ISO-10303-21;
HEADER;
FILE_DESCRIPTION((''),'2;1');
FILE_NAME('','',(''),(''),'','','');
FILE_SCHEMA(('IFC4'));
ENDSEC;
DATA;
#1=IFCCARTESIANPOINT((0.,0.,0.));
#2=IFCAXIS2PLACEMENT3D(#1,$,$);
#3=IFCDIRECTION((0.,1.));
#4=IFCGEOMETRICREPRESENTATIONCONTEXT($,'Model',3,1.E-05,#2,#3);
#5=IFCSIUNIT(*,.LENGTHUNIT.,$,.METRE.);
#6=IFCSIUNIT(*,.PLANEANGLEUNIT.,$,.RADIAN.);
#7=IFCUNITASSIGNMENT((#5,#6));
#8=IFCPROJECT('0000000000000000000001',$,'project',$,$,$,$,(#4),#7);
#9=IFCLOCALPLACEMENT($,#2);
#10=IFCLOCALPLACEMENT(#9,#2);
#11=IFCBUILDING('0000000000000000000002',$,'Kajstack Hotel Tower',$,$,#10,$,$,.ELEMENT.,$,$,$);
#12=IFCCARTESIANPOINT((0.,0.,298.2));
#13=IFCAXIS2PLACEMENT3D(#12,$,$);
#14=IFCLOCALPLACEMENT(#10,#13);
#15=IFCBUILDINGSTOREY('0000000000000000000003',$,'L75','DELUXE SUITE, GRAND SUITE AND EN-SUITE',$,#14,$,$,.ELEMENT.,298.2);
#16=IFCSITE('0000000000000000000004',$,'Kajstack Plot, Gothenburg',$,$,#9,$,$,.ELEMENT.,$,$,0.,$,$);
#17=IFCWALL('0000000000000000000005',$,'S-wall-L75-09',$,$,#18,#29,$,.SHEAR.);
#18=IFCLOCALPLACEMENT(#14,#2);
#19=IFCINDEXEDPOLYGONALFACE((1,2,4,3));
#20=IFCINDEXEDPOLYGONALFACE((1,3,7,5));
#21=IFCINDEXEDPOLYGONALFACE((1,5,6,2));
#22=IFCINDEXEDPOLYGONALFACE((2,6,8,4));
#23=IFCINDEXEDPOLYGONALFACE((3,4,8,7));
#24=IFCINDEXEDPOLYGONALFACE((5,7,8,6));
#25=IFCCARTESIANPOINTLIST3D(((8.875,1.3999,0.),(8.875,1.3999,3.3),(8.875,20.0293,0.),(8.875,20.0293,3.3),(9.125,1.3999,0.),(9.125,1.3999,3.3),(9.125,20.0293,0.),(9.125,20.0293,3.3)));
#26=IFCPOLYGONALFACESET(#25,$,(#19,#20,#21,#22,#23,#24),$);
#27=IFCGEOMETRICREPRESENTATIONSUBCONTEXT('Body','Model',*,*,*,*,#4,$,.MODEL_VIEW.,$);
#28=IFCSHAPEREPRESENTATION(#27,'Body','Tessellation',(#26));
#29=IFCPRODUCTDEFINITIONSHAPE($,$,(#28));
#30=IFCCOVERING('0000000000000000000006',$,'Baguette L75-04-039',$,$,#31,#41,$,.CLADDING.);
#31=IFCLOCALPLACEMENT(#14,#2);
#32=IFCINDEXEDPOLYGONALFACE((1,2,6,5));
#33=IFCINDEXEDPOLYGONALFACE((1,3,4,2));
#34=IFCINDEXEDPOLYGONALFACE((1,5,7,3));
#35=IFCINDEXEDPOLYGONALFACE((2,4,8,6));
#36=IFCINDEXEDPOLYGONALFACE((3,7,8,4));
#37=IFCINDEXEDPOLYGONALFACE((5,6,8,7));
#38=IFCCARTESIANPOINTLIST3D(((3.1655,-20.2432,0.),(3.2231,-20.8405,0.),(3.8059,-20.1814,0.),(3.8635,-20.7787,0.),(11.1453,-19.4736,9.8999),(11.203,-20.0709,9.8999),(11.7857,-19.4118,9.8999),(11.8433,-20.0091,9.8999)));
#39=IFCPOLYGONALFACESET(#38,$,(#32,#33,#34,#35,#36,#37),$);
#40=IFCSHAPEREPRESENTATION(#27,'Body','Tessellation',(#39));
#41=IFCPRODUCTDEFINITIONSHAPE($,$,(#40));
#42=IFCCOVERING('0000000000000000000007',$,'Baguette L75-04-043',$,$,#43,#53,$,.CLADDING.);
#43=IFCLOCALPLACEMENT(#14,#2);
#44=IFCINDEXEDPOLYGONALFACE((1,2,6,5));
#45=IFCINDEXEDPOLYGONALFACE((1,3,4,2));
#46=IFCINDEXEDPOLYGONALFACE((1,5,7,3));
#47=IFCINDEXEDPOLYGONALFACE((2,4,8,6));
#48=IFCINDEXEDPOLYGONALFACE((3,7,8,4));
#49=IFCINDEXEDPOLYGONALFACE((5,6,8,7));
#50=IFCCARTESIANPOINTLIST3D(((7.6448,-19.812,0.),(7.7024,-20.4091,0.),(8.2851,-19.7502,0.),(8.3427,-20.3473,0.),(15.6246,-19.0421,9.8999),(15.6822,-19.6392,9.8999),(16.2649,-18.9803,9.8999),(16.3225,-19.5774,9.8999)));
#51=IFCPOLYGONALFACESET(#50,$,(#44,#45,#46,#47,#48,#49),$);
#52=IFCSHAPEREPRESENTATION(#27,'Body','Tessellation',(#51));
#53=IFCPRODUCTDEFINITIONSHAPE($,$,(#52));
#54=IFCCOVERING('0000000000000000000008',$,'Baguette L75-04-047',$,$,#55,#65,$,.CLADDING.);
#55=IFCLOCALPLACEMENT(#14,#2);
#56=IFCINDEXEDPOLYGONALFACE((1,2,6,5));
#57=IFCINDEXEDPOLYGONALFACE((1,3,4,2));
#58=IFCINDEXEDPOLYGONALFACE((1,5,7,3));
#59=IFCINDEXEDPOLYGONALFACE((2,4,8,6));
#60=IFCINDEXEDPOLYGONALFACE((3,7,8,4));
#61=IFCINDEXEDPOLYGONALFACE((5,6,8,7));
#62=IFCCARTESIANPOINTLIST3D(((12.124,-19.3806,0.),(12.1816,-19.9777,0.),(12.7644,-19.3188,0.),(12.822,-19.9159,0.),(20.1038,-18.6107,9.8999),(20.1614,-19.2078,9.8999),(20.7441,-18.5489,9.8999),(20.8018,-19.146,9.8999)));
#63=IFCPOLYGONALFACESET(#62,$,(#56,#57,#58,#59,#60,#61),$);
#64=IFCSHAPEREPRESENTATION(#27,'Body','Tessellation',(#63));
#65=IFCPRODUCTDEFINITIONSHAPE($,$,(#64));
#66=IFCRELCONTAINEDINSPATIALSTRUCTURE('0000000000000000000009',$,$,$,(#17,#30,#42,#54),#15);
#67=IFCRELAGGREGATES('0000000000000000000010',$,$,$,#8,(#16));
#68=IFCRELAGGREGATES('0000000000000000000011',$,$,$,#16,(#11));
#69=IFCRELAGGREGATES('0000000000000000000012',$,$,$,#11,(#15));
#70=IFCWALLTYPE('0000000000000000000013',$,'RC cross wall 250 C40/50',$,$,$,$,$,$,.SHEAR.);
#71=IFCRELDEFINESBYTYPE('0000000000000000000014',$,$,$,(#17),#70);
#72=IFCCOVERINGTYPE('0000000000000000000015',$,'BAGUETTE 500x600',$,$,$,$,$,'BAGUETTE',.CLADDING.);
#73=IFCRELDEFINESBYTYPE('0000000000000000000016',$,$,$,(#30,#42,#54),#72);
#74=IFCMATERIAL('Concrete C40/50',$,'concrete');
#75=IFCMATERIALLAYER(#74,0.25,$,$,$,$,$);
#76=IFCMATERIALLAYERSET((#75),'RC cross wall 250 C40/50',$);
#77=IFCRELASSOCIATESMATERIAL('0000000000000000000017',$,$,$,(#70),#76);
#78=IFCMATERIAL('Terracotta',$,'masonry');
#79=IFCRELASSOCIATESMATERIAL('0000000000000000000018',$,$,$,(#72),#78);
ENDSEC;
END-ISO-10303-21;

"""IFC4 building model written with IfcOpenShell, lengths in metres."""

from ifc_helpers import new_model, si_unit, direction, frame, frame_2d, origin, origin_2d, place, context, subcontext, project, spatial, polyline, rectangle, outline, extrude, material, layer, layer_set, material_profile, profile_set, type_object, element, save


model = new_model("IFC4")

# Units and contexts
model_context = context("Model", 3, precision=1e-05, world=origin(), true_north=direction((0.0, 1.0)))
body_context = subcontext(model_context, "Body", "Model", "MODEL_VIEW")
ifc_project = project(units=[si_unit("LENGTHUNIT", "METRE"), si_unit("PLANEANGLEUNIT", "RADIAN")], contexts=[model_context])

# Site, building, storey
site_placement = place(None, origin())
site = spatial("IfcSite", under=ifc_project, at=site_placement, Name="Kajstack Plot, Gothenburg", CompositionType="ELEMENT", RefElevation=0.0)
building_placement = place(site_placement, origin())
building = spatial("IfcBuilding", under=site, at=building_placement, Name="Kajstack Hotel Tower", CompositionType="ELEMENT")
storey_placement = place(building_placement, frame((0.0, 0.0, 298.2)))
storey = spatial("IfcBuildingStorey", under=building, at=storey_placement, Name="L75", Description="DELUXE SUITE, GRAND SUITE AND EN-SUITE", CompositionType="ELEMENT", Elevation=298.2)

# Shared definitions
ifc_material_1 = material(Name="Concrete C40/50", Category="concrete")

# Wall
ifc_layer_1 = layer(ifc_material_1, 0.25)
ifc_layer_set_1 = layer_set([ifc_layer_1], Name="RC cross wall 250 C40/50")
wall_type_1 = type_object("IfcWallType", Name="RC cross wall 250 C40/50", PredefinedType="SHEAR", material=ifc_layer_set_1)
wall_1_placement = place(storey_placement, frame((9.0, 1.3999, 0.0), z_axis=(0.0, 0.0, 1.0), x_axis=(0.0, 1.0, 0.0)))
element("IfcWall", 1, at=wall_1_placement, inside=storey, type_object=wall_type_1, Name="S-wall-L75-09", PredefinedType="SHEAR", context=body_context, shape_type="SweptSolid", body=[
    extrude(rectangle(XDim=18.6294, YDim=0.25, at=frame_2d((9.3147, 0.0))), origin(), (0.0, 0.0, 1.0), 3.3),
])

# Coverings
ifc_material_2 = material(Name="Terracotta", Category="masonry")
ifc_material_profile = material_profile(ifc_material_2, rectangle(XDim=0.6001, YDim=0.5, at=origin_2d()), Name="Terracotta-clad concrete baguette 500 x 600")
ifc_profile_set = profile_set([ifc_material_profile], Name="Terracotta")
covering_type = type_object("IfcCoveringType", Name="BAGUETTE 500x600", ElementType="BAGUETTE", PredefinedType="CLADDING", material=ifc_profile_set)
covering_placement = place(storey_placement, frame((3.1655, -20.2432, 0.0), z_axis=(0.095999, -0.995381, 0.0), x_axis=(0.995381, 0.095999, 0.0)))
element("IfcCovering", 2, at=covering_placement, inside=storey, type_object=covering_type, Name="Baguette L75-04-039", PredefinedType="CLADDING", context=body_context, shape_type="SweptSolid", body=[
    extrude(outline(polyline([(8.0168, 9.8999), (0.0, 0.0), (0.6433, 0.0), (8.6602, 9.8999), (8.0168, 9.8999)])), origin(), (0.0, 0.0, 1.0), 0.6001),
])
for number, where, z_axis, x_axis, name in (
    (3, (7.6448, -19.812, 0.0), (0.096038, -0.995378, 0.0), (0.995378, 0.096038, 0.0), "Baguette L75-04-043"),
    (4, (12.124, -19.3806, 0.0), (0.096038, -0.995378, 0.0), (0.995378, 0.096038, 0.0), "Baguette L75-04-047"),
):
    element("IfcCovering", number, at=place(storey_placement, frame(where, z_axis=z_axis, x_axis=x_axis)), inside=storey, type_object=covering_type, Name=name, PredefinedType="CLADDING", context=body_context, shape_type="SweptSolid", body=[
        extrude(outline(polyline([(8.0168, 9.8999), (0.0, 0.0), (0.6433, 0.0), (8.6602, 9.8999), (8.0168, 9.8999)])), origin(), (0.0, 0.0, 1.0), 0.5999),
    ])

save(model, "model.ifc")
